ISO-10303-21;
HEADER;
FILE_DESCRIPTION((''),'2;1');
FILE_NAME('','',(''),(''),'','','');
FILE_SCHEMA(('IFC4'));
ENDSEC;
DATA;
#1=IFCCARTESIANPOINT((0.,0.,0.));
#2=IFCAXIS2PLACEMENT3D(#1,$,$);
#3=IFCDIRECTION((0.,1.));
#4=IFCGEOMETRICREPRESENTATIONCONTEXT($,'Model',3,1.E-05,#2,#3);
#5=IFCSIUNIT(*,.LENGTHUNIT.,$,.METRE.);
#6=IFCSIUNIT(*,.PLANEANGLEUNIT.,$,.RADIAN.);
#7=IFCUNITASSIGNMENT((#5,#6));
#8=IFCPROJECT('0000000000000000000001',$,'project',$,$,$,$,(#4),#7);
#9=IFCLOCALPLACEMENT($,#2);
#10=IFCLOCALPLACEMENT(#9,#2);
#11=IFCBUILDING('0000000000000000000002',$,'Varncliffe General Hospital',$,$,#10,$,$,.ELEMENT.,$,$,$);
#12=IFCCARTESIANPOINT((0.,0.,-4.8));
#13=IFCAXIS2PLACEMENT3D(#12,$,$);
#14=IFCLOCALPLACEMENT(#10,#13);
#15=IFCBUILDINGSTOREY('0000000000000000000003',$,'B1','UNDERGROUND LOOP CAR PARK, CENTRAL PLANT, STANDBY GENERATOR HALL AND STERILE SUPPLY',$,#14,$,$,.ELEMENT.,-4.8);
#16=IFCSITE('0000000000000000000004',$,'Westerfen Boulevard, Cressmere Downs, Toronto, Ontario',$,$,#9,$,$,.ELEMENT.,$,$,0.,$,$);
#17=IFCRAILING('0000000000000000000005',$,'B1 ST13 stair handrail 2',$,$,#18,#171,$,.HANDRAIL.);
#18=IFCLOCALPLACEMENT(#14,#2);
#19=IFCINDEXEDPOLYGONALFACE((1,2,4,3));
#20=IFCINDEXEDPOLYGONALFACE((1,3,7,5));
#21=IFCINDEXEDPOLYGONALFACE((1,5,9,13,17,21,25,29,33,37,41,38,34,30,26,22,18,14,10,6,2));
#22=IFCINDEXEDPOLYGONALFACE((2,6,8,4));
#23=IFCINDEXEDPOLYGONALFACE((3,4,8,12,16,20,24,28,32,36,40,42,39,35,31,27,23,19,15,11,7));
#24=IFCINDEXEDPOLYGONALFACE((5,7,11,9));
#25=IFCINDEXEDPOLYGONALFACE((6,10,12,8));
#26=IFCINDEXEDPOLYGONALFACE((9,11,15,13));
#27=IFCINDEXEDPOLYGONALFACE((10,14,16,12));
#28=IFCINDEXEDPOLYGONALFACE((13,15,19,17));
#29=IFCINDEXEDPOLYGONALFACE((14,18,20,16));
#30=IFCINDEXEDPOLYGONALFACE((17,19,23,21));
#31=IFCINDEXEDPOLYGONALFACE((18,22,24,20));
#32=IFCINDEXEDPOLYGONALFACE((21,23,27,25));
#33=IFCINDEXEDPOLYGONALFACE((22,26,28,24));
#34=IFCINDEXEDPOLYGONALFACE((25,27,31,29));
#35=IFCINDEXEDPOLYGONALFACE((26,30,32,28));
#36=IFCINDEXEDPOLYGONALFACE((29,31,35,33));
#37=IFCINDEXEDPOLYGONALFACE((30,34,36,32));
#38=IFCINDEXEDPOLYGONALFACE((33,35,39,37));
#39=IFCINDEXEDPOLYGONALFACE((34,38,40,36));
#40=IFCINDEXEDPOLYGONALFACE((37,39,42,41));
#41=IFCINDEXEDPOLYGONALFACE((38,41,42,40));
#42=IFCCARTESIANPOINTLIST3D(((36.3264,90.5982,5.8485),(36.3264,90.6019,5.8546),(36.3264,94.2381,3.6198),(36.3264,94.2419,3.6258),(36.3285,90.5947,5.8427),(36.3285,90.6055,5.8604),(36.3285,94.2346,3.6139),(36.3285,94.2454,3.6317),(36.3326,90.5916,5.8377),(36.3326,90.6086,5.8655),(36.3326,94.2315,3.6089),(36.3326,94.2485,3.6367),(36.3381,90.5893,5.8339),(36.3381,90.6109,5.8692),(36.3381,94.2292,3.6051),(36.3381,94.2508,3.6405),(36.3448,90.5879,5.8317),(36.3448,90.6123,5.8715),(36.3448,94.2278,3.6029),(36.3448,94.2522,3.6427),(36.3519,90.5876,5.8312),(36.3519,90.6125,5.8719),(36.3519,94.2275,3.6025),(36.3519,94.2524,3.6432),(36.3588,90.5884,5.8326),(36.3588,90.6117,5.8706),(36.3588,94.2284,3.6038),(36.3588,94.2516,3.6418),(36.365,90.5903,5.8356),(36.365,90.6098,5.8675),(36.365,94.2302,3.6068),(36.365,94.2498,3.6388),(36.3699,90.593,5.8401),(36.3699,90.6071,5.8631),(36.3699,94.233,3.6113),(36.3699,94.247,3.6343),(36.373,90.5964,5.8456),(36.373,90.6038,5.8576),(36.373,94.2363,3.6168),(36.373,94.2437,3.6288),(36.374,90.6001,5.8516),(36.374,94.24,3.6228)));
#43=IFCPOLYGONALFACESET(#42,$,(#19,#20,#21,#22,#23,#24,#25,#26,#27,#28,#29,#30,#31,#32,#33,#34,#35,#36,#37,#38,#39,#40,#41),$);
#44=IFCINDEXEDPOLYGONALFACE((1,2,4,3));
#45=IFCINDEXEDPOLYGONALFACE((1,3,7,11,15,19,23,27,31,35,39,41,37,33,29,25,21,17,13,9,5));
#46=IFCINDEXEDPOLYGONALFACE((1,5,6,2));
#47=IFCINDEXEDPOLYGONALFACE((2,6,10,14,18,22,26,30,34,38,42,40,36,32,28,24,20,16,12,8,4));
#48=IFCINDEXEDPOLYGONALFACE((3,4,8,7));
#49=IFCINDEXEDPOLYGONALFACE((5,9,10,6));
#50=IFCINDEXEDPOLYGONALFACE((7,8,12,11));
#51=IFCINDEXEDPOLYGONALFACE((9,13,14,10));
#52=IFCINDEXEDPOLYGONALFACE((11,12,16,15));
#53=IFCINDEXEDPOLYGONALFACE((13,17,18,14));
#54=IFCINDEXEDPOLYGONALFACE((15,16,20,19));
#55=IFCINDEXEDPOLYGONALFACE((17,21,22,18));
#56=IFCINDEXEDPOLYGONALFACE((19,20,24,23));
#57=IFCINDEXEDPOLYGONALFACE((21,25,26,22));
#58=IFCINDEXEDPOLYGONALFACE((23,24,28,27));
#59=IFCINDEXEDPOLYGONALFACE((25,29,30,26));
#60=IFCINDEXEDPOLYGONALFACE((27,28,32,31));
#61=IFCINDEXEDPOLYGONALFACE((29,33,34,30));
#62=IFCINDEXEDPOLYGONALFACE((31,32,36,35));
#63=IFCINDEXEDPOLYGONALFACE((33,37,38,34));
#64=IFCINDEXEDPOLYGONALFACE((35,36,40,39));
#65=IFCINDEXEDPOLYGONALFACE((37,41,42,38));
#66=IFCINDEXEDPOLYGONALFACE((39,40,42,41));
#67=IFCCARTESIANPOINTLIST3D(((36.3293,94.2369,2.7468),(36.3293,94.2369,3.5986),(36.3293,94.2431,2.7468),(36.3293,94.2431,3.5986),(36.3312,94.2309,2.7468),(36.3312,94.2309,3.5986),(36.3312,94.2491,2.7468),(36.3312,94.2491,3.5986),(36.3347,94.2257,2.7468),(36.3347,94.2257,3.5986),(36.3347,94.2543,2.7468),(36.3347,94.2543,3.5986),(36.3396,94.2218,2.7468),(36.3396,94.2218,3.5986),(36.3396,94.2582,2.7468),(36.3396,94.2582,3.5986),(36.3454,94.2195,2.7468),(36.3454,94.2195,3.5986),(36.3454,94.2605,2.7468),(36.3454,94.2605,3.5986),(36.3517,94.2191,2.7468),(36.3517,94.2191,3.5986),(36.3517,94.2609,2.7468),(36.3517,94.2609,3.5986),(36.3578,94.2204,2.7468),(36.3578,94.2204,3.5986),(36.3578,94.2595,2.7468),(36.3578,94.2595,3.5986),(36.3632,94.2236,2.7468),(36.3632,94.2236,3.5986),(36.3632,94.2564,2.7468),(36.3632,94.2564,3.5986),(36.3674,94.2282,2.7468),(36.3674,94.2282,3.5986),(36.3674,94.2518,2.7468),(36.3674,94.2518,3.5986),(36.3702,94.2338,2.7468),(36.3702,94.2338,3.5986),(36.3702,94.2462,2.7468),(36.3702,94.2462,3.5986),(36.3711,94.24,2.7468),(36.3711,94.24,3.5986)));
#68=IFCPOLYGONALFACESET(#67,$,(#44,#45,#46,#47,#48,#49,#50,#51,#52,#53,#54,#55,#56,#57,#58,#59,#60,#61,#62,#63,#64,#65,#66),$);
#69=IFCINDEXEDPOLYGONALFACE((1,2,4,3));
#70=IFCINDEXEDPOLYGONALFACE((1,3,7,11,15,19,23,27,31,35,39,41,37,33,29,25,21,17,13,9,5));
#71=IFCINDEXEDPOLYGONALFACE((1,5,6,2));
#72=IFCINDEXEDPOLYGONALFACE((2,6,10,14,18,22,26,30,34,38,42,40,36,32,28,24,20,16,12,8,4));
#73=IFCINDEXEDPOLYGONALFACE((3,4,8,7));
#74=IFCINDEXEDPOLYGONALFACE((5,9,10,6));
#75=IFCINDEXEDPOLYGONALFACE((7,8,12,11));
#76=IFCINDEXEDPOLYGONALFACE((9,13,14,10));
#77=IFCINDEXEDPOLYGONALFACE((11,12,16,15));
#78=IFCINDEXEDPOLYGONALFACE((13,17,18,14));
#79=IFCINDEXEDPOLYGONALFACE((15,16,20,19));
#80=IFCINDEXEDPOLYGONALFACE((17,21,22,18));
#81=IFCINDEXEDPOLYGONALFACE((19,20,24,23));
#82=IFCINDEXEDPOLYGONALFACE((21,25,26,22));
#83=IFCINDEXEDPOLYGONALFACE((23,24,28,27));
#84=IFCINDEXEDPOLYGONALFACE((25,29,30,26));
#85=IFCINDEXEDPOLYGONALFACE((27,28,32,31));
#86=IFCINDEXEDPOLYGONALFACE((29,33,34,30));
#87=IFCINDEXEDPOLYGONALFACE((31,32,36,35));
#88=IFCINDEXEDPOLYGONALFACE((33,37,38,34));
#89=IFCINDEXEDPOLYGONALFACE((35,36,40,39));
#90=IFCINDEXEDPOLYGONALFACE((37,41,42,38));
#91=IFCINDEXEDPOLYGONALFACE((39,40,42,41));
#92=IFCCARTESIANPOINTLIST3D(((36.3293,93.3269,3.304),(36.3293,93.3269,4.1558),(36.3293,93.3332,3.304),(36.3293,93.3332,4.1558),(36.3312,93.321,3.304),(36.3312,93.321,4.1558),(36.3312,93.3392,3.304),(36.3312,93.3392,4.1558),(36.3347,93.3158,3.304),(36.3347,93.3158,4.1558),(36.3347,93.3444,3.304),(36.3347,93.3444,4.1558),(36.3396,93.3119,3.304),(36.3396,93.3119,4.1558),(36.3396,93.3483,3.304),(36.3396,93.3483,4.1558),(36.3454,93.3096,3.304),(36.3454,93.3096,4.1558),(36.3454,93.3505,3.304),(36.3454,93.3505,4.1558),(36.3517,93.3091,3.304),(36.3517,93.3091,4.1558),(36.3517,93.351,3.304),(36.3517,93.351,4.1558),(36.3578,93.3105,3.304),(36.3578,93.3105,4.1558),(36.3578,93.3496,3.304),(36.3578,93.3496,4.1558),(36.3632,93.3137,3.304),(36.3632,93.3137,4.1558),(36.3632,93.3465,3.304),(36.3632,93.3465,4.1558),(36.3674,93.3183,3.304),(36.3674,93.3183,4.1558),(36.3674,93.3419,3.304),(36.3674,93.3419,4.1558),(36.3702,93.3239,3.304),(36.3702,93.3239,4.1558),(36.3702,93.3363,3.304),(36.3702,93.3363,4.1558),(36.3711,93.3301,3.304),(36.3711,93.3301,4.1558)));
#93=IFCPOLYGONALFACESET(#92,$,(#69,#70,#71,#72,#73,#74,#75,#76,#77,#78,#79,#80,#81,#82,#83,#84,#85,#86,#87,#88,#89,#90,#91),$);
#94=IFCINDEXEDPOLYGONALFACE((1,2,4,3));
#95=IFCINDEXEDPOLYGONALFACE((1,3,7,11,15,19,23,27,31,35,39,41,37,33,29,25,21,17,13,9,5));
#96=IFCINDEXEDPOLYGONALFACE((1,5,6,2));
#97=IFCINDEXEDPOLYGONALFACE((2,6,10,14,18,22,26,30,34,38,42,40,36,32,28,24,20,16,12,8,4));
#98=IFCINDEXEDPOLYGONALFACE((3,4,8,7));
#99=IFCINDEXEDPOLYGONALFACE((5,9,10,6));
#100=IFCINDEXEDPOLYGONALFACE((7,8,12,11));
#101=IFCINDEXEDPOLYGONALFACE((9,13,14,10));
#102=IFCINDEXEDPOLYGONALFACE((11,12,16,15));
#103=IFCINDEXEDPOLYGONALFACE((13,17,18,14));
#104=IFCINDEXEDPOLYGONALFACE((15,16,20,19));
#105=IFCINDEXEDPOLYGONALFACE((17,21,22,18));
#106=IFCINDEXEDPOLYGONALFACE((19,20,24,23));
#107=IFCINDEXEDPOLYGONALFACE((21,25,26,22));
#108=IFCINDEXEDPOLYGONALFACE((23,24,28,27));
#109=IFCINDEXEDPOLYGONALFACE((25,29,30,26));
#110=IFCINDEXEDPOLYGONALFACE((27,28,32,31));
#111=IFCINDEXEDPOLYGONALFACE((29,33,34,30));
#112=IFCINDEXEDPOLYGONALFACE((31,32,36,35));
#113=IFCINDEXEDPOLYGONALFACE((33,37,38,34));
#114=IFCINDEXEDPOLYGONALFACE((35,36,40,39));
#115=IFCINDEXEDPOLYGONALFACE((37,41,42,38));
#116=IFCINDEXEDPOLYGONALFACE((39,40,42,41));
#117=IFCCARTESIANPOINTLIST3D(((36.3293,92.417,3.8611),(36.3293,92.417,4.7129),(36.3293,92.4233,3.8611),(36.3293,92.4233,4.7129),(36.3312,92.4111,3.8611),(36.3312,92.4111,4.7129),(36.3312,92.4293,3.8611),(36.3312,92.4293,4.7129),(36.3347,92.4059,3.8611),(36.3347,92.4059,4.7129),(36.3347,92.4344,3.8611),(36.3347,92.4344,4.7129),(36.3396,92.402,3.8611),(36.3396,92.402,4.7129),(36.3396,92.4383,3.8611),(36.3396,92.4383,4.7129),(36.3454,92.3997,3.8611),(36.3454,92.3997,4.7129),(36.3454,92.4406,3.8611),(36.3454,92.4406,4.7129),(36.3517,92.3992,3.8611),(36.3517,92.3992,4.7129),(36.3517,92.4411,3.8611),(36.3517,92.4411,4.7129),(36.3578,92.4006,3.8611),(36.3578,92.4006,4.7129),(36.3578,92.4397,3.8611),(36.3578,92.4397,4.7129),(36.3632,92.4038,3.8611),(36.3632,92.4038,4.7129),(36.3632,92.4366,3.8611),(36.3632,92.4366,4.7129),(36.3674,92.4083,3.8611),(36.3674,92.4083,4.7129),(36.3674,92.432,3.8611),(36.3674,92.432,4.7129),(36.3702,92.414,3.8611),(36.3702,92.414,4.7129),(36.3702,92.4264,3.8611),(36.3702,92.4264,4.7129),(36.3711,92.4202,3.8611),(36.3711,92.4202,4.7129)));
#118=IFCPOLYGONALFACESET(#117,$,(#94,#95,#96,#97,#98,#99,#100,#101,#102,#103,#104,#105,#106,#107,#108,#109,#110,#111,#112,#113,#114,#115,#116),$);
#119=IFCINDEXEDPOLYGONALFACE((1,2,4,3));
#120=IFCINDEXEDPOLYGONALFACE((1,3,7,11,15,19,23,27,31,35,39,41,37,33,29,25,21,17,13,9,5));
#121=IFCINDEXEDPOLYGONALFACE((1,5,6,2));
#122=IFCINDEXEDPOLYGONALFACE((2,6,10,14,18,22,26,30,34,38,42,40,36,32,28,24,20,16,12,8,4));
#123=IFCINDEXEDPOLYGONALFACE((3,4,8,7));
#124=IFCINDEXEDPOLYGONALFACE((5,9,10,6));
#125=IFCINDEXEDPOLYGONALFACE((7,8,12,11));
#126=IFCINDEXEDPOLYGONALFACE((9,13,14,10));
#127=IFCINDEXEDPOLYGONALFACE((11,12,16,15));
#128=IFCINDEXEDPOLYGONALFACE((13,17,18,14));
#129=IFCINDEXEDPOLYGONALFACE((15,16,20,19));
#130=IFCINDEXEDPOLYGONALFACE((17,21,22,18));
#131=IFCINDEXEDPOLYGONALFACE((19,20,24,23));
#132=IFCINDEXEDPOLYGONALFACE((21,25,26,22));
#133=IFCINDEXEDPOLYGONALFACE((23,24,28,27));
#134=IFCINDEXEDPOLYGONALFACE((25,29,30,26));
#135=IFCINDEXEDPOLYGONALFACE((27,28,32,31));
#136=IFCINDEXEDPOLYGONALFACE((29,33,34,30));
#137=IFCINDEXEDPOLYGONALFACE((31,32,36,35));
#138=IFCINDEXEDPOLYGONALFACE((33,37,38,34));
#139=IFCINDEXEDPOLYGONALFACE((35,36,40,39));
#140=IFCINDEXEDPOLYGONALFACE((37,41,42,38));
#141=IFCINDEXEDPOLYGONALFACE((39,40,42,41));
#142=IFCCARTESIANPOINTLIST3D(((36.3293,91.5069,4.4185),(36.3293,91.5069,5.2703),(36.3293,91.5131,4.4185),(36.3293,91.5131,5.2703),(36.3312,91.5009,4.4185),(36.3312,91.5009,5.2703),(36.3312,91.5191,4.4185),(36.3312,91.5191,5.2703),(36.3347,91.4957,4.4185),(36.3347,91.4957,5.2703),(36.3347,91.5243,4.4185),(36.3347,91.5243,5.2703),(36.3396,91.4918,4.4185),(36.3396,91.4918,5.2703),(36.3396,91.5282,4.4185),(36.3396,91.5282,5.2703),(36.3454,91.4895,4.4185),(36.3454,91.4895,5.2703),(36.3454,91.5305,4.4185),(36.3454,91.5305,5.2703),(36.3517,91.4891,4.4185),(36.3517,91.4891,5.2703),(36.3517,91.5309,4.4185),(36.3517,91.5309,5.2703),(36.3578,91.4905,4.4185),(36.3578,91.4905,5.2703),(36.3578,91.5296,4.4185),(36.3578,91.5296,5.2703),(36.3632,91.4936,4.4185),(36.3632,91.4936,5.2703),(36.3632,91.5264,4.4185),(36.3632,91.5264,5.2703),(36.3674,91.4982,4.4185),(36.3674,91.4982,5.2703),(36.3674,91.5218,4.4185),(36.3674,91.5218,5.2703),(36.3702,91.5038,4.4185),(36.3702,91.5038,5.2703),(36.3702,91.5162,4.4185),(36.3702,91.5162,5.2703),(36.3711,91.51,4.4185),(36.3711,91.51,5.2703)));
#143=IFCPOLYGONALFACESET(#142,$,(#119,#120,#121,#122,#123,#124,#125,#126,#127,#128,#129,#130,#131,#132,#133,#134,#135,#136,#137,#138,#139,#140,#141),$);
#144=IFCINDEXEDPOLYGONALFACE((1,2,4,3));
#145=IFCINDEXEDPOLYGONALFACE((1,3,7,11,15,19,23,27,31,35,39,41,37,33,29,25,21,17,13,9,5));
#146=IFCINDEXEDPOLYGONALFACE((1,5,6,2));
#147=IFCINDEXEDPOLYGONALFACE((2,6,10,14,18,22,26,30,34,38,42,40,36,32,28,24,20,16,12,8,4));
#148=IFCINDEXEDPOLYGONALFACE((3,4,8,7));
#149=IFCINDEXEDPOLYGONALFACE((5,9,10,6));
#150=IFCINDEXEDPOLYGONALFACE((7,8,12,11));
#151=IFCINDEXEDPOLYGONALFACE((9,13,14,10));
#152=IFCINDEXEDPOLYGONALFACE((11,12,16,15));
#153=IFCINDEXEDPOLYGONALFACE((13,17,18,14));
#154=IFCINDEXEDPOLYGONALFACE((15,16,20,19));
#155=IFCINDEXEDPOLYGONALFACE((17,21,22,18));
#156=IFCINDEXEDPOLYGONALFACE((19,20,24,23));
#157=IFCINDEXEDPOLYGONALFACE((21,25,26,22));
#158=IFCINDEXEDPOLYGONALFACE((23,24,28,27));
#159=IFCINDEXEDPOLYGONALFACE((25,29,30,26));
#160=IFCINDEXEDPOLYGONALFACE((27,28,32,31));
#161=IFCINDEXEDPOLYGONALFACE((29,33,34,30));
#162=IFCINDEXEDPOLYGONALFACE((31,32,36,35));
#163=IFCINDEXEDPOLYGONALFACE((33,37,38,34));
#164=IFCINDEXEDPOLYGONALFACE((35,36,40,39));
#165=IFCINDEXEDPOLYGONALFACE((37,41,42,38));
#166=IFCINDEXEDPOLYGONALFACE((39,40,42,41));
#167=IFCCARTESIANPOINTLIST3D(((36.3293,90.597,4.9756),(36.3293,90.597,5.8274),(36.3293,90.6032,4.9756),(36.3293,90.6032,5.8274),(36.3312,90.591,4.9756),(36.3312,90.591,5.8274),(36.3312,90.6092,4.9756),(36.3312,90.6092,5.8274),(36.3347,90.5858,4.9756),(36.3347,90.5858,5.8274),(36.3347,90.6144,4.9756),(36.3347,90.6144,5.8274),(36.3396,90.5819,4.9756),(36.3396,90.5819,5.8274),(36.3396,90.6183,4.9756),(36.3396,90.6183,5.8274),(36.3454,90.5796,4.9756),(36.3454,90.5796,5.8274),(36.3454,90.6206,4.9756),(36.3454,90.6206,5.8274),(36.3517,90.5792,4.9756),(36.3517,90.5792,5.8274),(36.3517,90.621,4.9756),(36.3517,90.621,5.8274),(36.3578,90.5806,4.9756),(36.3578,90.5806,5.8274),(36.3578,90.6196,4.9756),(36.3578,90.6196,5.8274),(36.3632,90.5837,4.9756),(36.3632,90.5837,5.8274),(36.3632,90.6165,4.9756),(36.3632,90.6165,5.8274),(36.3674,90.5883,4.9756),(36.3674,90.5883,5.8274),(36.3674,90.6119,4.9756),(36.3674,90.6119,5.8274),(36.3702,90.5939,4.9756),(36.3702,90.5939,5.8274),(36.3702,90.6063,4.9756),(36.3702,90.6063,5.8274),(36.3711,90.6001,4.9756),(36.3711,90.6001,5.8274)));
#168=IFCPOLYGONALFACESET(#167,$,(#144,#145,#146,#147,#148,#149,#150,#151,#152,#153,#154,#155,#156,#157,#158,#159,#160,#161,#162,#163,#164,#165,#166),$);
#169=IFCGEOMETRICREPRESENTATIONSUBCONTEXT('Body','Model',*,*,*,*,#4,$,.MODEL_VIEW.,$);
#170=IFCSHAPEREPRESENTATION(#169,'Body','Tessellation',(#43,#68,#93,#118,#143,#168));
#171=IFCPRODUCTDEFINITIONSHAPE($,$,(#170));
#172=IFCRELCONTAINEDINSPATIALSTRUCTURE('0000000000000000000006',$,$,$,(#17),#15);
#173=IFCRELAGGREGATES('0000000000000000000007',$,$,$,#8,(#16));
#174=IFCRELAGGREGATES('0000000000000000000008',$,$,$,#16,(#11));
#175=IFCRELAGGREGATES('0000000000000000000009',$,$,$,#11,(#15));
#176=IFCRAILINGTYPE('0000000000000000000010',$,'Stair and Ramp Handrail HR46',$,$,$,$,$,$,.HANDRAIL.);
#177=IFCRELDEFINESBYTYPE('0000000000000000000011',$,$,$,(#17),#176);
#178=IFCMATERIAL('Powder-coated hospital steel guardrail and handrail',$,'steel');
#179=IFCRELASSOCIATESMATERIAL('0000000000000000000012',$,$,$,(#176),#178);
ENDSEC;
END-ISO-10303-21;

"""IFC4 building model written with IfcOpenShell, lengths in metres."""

from ifc_helpers import new_model, si_unit, direction, frame, origin, origin_2d, place, context, subcontext, project, spatial, circle, extrude, material, type_object, element, save


model = new_model("IFC4")

# Units and contexts
model_context = context("Model", 3, precision=1e-05, world=origin(), true_north=direction((0.0, 1.0)))
body_context = subcontext(model_context, "Body", "Model", "MODEL_VIEW")
ifc_project = project(units=[si_unit("LENGTHUNIT", "METRE"), si_unit("PLANEANGLEUNIT", "RADIAN")], contexts=[model_context])

# Site, building, storey
site_placement = place(None, origin())
site = spatial("IfcSite", under=ifc_project, at=site_placement, Name="Westerfen Boulevard, Cressmere Downs, Toronto, Ontario", CompositionType="ELEMENT", RefElevation=0.0)
building_placement = place(site_placement, origin())
building = spatial("IfcBuilding", under=site, at=building_placement, Name="Varncliffe General Hospital", CompositionType="ELEMENT")
storey_placement = place(building_placement, frame((0.0, 0.0, -4.8)))
storey = spatial("IfcBuildingStorey", under=building, at=storey_placement, Name="B1", Description="UNDERGROUND LOOP CAR PARK, CENTRAL PLANT, STANDBY GENERATOR HALL AND STERILE SUPPLY", CompositionType="ELEMENT", Elevation=-4.8)

# Railing
ifc_material_1 = material(Name="Powder-coated hospital steel guardrail and handrail", Category="steel")
railing_type_1 = type_object("IfcRailingType", Name="Stair and Ramp Handrail HR46", PredefinedType="HANDRAIL", material=ifc_material_1)
railing_1_placement = place(storey_placement, frame((36.3501, 94.24, 2.7468)))
element("IfcRailing", 1, at=railing_1_placement, inside=storey, type_object=railing_type_1, Name="B1 ST13 stair handrail 2", PredefinedType="HANDRAIL", context=body_context, shape_type="SweptSolid", body=[
    extrude(circle(Radius=0.0239, at=origin_2d()), frame((0.0, 0.0, 0.876), z_axis=(0.0, -0.852825, 0.522197), x_axis=(1.0, 0.0, 0.0)), (0.0, 0.0, 1.0), 4.2681),
    extrude(circle(Radius=0.021, at=origin_2d()), origin(), (0.0, 0.0, 1.0), 0.8518),
    extrude(circle(Radius=0.021, at=origin_2d()), frame((0.0, -0.9099, 0.5571)), (0.0, 0.0, 1.0), 0.8518),
    extrude(circle(Radius=0.021, at=origin_2d()), frame((0.0, -1.8198, 1.1143)), (0.0, 0.0, 1.0), 0.8518),
    extrude(circle(Radius=0.021, at=origin_2d()), frame((0.0, -2.73, 1.6716)), (0.0, 0.0, 1.0), 0.8518),
    extrude(circle(Radius=0.021, at=origin_2d()), frame((0.0, -3.6399, 2.2288)), (0.0, 0.0, 1.0), 0.8518),
])

save(model, "model.ifc")
